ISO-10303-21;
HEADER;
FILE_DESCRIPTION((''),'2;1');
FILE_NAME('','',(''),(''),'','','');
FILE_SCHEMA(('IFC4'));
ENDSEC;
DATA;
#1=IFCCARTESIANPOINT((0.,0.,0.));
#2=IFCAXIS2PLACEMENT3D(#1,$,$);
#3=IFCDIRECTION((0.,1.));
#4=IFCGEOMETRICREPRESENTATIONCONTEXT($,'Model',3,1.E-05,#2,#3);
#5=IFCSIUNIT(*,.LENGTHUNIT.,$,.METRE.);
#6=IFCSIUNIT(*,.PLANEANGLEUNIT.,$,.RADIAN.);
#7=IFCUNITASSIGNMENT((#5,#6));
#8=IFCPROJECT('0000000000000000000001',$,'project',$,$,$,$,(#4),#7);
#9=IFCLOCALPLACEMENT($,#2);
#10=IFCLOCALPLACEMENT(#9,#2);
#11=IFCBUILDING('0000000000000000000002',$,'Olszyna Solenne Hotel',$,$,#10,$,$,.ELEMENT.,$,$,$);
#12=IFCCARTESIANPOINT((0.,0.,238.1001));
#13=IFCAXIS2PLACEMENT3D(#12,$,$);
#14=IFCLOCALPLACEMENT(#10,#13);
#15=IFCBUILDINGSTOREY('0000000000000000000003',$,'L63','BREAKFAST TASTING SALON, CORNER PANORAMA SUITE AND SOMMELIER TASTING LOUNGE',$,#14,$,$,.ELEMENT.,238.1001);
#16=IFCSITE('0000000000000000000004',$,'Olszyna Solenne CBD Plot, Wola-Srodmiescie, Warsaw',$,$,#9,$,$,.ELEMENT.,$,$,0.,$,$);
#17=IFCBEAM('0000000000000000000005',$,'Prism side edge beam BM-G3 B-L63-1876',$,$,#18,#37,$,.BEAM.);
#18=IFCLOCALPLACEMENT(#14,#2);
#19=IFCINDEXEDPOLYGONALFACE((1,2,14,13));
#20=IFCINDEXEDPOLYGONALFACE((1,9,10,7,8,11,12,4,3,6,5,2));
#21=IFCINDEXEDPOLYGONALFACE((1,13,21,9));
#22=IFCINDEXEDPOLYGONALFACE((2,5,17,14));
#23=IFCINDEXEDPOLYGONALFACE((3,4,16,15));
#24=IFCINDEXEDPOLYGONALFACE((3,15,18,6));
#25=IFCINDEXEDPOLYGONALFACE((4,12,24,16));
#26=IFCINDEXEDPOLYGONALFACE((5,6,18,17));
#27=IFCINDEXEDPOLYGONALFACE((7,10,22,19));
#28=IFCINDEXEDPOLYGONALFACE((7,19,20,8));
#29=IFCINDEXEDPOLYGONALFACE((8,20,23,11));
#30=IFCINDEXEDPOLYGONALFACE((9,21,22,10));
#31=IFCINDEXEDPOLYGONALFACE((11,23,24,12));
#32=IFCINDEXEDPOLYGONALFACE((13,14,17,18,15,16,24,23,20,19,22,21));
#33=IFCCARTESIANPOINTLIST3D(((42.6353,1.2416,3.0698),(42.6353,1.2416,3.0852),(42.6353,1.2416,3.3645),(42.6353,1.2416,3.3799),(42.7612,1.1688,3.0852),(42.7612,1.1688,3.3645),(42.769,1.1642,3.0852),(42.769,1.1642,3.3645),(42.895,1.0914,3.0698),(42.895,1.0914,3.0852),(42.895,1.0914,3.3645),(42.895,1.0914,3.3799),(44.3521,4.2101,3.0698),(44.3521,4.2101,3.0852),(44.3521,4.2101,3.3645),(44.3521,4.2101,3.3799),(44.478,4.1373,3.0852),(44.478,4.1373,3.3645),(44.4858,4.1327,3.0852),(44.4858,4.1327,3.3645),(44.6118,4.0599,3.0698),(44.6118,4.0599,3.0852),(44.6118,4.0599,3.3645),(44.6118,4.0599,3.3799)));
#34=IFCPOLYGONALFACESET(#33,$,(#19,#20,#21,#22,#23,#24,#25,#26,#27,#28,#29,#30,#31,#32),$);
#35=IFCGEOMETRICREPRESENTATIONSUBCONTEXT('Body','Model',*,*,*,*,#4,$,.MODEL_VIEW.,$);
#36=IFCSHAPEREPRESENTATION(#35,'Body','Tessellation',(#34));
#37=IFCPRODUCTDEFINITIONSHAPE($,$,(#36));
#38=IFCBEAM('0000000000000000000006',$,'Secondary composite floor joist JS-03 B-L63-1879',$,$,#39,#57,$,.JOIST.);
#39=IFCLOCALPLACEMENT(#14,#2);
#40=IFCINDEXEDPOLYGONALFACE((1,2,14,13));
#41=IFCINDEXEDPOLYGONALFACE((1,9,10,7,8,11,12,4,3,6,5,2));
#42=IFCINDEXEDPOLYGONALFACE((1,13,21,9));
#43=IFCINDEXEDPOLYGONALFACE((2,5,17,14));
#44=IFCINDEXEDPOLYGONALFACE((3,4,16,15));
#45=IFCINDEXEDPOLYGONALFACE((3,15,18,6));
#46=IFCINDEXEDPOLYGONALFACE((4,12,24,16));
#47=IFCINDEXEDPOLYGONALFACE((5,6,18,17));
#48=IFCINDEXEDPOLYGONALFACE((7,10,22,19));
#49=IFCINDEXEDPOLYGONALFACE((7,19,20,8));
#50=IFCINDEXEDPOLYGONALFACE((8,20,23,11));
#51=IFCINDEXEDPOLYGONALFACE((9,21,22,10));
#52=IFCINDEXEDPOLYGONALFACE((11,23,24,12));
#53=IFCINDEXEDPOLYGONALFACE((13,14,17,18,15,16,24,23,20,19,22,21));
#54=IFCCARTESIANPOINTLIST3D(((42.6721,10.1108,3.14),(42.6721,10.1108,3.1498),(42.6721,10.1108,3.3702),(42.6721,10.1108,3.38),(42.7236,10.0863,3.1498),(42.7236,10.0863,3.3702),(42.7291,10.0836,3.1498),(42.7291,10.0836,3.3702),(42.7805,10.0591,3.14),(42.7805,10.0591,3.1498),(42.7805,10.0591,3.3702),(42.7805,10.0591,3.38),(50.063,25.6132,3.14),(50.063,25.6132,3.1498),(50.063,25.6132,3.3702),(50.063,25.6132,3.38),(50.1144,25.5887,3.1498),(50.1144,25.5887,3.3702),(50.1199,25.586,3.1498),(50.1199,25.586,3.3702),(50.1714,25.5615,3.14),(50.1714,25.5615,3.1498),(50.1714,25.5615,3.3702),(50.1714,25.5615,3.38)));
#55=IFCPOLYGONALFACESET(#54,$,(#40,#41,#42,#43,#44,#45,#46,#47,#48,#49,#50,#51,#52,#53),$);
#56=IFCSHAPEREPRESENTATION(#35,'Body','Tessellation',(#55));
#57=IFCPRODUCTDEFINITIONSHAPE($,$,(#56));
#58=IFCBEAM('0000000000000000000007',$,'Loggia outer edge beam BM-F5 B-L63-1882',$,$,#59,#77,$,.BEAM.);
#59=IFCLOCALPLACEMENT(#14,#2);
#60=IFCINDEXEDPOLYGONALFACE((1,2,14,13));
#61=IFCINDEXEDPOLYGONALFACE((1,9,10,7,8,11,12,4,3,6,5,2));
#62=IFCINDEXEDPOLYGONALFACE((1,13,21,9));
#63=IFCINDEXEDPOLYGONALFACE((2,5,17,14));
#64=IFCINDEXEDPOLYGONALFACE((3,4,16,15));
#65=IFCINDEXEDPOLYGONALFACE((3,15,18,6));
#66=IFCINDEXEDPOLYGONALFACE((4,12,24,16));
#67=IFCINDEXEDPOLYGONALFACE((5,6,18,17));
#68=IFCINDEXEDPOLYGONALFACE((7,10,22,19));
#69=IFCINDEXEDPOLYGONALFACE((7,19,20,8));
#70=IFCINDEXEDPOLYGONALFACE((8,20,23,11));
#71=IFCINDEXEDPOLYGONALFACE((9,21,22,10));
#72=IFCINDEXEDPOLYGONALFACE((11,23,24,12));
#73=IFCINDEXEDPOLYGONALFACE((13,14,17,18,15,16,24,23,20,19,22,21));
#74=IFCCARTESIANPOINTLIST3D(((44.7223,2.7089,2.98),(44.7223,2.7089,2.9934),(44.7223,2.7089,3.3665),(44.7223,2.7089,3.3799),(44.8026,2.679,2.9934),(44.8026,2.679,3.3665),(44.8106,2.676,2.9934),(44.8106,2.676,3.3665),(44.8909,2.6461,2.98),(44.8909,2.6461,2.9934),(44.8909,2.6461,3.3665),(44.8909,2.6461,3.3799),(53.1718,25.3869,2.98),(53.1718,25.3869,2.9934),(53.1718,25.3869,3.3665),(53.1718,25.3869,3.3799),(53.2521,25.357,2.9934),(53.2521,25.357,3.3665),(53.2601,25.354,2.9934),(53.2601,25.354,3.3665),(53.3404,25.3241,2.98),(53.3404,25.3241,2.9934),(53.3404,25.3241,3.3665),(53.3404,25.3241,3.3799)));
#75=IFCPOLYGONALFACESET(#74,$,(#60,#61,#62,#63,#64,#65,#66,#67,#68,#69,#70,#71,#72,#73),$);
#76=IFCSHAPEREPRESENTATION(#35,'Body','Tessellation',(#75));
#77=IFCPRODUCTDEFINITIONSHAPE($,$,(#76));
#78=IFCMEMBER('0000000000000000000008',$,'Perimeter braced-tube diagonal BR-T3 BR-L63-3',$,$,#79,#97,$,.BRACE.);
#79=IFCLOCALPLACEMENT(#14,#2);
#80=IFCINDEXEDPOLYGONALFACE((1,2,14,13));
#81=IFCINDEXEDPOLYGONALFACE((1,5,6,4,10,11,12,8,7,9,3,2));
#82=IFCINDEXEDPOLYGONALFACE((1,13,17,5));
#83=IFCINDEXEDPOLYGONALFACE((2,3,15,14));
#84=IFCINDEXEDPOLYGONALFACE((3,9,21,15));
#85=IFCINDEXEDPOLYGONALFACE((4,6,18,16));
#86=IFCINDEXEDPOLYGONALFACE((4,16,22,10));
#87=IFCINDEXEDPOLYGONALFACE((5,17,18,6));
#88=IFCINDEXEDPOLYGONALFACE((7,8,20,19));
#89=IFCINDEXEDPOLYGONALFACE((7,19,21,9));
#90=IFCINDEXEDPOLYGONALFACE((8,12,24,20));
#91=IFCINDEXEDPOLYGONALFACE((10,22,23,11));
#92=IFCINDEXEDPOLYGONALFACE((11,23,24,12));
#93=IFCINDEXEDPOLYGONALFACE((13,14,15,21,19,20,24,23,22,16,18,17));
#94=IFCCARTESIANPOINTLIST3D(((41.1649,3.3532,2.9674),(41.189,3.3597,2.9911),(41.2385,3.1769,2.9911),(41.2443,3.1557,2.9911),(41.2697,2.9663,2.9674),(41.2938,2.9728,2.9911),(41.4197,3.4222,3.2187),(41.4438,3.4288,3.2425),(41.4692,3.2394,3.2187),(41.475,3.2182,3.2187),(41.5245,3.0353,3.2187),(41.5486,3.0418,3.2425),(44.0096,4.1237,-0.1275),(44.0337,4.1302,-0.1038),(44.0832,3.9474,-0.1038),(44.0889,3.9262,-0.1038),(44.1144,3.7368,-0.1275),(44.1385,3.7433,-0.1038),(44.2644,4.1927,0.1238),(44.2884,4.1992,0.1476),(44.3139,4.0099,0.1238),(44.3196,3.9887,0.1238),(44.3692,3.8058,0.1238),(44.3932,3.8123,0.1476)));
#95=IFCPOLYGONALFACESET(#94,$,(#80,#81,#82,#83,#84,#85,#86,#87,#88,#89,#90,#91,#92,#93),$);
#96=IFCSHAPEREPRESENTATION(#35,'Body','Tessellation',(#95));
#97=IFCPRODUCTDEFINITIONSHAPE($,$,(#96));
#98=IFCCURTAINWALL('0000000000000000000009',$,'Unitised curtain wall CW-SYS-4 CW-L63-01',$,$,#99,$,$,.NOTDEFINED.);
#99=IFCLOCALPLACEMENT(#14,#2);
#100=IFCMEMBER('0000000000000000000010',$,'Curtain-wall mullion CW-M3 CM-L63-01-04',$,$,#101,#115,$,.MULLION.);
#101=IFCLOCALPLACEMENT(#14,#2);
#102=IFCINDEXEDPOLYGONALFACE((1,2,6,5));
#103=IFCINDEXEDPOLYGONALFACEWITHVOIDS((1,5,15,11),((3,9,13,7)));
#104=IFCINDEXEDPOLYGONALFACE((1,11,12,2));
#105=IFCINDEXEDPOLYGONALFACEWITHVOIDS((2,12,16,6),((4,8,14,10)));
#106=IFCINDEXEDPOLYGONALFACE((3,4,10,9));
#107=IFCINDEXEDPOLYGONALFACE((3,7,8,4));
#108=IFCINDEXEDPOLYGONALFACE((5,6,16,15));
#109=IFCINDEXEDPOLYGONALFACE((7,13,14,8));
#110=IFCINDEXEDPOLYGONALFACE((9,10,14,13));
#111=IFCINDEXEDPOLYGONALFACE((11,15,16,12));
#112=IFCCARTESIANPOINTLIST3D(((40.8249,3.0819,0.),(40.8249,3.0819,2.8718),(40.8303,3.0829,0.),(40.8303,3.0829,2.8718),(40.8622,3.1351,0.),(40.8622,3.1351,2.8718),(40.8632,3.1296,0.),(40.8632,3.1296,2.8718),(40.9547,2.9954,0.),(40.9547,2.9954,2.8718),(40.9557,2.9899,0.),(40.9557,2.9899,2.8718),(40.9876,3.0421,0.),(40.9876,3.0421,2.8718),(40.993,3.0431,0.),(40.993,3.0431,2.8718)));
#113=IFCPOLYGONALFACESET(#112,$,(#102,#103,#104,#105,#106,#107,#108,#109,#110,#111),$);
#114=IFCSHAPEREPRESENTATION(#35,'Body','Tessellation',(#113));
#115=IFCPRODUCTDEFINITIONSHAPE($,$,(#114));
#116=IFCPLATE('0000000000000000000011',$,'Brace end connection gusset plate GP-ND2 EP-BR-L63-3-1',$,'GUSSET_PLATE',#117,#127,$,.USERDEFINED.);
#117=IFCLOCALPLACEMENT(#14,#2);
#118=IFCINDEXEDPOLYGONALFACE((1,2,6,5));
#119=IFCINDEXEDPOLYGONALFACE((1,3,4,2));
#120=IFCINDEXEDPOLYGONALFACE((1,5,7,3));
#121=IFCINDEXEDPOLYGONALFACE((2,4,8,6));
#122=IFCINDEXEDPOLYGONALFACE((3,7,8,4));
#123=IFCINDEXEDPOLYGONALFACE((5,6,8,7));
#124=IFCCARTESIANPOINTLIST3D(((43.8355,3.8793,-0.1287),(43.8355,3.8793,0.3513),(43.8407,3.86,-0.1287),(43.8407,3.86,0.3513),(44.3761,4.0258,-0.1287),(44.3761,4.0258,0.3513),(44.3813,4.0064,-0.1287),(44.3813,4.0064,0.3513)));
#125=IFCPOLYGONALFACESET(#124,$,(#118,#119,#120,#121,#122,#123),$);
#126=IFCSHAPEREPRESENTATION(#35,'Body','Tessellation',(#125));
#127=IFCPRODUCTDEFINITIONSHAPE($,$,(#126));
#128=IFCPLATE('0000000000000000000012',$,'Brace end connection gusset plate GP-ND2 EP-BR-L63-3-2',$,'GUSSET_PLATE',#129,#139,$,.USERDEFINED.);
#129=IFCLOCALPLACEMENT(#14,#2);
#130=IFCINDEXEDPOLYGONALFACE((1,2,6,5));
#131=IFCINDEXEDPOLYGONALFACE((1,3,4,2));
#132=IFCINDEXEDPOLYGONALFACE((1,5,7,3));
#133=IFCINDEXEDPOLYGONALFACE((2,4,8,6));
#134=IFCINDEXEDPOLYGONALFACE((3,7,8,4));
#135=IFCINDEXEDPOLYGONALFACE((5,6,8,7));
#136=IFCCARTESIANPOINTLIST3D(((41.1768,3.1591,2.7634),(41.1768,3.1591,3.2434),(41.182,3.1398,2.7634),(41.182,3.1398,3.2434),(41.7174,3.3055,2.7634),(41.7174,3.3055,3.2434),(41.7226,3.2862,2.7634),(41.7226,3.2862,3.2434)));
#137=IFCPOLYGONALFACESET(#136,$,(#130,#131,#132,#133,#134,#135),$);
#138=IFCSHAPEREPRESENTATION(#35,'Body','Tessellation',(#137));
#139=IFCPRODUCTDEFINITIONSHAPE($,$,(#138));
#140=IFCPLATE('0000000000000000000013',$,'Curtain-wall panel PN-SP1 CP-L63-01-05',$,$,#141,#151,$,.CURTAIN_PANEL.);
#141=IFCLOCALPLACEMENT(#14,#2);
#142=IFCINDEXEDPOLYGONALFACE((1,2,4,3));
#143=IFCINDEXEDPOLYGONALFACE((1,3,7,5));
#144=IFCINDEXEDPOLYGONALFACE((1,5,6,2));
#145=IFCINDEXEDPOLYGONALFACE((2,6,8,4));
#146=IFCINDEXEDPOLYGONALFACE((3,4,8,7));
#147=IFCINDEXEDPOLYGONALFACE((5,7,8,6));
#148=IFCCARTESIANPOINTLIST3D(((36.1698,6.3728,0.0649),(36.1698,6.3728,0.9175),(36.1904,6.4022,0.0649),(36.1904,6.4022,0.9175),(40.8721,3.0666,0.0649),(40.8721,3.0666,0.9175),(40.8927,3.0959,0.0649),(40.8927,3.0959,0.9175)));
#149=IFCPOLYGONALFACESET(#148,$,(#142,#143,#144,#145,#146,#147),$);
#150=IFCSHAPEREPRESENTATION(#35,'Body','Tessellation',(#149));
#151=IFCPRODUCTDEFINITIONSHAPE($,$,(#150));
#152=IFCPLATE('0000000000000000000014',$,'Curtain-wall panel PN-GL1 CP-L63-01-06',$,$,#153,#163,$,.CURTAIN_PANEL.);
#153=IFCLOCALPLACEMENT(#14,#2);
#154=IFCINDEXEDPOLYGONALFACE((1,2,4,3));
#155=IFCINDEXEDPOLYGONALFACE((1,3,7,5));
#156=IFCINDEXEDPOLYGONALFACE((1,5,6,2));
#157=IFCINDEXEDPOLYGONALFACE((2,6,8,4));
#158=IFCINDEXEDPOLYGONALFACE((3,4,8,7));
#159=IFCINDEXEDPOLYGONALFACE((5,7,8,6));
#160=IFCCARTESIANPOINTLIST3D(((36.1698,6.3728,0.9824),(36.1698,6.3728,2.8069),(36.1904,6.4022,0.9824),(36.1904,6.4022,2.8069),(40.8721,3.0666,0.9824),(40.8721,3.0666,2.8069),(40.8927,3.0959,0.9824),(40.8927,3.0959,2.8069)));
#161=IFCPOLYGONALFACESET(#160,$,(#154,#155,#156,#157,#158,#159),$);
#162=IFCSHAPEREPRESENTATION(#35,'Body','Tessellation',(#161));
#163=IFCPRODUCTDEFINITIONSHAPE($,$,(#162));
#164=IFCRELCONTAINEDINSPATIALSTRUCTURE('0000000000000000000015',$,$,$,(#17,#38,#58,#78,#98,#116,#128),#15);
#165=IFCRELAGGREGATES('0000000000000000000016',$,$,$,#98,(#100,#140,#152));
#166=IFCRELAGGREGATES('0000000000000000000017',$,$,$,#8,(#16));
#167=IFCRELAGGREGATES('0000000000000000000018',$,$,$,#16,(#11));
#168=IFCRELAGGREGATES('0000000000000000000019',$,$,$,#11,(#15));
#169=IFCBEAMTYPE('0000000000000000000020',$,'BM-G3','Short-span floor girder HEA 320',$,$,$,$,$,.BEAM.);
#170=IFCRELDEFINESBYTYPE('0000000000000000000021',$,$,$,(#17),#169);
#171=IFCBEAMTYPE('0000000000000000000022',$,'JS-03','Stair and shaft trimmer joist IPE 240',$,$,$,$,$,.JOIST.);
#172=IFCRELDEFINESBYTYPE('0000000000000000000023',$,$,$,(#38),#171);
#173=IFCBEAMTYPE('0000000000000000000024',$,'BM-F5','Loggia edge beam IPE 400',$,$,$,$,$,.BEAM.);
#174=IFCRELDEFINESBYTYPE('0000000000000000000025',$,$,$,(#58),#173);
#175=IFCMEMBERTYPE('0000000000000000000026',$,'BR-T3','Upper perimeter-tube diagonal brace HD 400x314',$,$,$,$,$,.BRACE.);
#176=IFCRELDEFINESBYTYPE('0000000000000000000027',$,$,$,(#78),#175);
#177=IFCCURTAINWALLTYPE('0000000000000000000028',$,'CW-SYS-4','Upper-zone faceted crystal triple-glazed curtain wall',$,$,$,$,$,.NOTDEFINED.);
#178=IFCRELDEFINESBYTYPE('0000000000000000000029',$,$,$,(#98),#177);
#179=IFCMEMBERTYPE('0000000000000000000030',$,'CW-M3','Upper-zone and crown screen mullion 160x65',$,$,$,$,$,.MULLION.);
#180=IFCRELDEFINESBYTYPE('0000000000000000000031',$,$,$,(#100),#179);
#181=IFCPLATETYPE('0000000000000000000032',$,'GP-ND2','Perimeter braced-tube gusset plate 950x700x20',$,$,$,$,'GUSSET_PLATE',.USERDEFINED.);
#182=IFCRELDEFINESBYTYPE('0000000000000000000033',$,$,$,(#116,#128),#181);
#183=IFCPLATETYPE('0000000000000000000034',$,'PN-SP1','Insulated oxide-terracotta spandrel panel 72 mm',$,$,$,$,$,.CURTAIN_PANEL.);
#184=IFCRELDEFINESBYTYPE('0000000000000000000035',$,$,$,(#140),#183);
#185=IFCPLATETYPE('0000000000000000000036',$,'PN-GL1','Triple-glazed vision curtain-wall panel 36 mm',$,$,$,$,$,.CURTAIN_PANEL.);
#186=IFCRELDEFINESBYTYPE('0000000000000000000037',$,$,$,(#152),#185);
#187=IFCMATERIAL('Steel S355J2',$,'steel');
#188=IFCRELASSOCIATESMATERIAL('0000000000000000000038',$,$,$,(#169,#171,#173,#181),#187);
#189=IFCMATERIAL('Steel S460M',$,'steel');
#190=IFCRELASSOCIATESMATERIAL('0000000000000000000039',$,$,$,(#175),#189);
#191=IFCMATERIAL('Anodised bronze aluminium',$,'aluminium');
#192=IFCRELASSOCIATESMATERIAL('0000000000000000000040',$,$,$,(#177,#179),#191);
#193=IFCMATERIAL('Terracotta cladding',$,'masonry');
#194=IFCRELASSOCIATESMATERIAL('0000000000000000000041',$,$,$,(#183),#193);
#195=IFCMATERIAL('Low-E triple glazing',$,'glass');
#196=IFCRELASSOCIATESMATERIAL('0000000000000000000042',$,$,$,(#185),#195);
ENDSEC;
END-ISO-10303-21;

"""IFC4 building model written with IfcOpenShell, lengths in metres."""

from ifc_helpers import new_model, si_unit, direction, frame, origin, origin_2d, place, context, subcontext, project, spatial, rectangle, hollow_rectangle, i_section, extrude, source, transform, mapped, material, material_profile, profile_set, type_object, element, aggregate, save


model = new_model("IFC4")

# Units and contexts
model_context = context("Model", 3, precision=1e-05, world=origin(), true_north=direction((0.0, 1.0)))
body_context = subcontext(model_context, "Body", "Model", "MODEL_VIEW")
ifc_project = project(units=[si_unit("LENGTHUNIT", "METRE"), si_unit("PLANEANGLEUNIT", "RADIAN")], contexts=[model_context])

# Site, building, storey
site_placement = place(None, origin())
site = spatial("IfcSite", under=ifc_project, at=site_placement, Name="Olszyna Solenne CBD Plot, Wola-Srodmiescie, Warsaw", CompositionType="ELEMENT", RefElevation=0.0)
building_placement = place(site_placement, origin())
building = spatial("IfcBuilding", under=site, at=building_placement, Name="Olszyna Solenne Hotel", CompositionType="ELEMENT")
storey_placement = place(building_placement, frame((0.0, 0.0, 238.1001)))
storey = spatial("IfcBuildingStorey", under=building, at=storey_placement, Name="L63", Description="BREAKFAST TASTING SALON, CORNER PANORAMA SUITE AND SOMMELIER TASTING LOUNGE", CompositionType="ELEMENT", Elevation=238.1001)

# Shared definitions
ifc_material_1 = material(Name="Steel S460M", Category="steel")

# Beams
ifc_material_2 = material(Name="Steel S355J2", Category="steel")
ifc_material_profile_1 = material_profile(ifc_material_2, i_section(OverallWidth=0.3, OverallDepth=0.3101, WebThickness=0.009, FlangeThickness=0.0154, at=origin_2d()), Name="HEA 320", Category="load-bearing")
ifc_profile_set_1 = profile_set([ifc_material_profile_1], Name="Steel S355J2")
beam_type_1 = type_object("IfcBeamType", Name="BM-G3", Description="Short-span floor girder HEA 320", PredefinedType="BEAM", material=ifc_profile_set_1)
shared_shape_1 = source(origin(), body_context, "Body", "SweptSolid", [
    extrude(i_section(OverallWidth=0.3, OverallDepth=0.3101, WebThickness=0.009, FlangeThickness=0.0154, at=origin_2d()), origin(), (0.0, 0.0, 1.0), 3.4292),
])
beam_1_placement = place(storey_placement, frame((44.4819, 4.135, 3.2249), z_axis=(-0.500641, -0.865655, 0.0), x_axis=(0.865655, -0.500641, 0.0)))
element("IfcBeam", 1, at=beam_1_placement, inside=storey, type_object=beam_type_1, Name="Prism side edge beam BM-G3 B-L63-1876", PredefinedType="BEAM", context=body_context, shape_type="MappedRepresentation", body=[
    mapped(shared_shape_1, transform((0.0, 0.0, 0.0), x_axis=(1.0, 0.0, 0.0), y_axis=(0.0, 1.0, 0.0), z_axis=(0.0, 0.0, 1.0), scale=1.0)),
])
ifc_material_profile_2 = material_profile(ifc_material_2, i_section(OverallWidth=0.1201, OverallDepth=0.24, WebThickness=0.0061, FlangeThickness=0.0098, at=origin_2d()), Name="IPE 240", Category="load-bearing")
ifc_profile_set_2 = profile_set([ifc_material_profile_2], Name="Steel S355J2")
beam_type_2 = type_object("IfcBeamType", Name="JS-03", Description="Stair and shaft trimmer joist IPE 240", PredefinedType="JOIST", material=ifc_profile_set_2)
shared_shape_2 = source(origin(), body_context, "Body", "SweptSolid", [
    extrude(i_section(OverallWidth=0.1201, OverallDepth=0.24, WebThickness=0.0061, FlangeThickness=0.0098, at=origin_2d()), origin(), (0.0, 0.0, 1.0), 17.1741),
])
beam_2_placement = place(storey_placement, frame((42.7263, 10.085, 3.26), z_axis=(0.430349, 0.902663, 0.0), x_axis=(-0.902663, 0.430349, 0.0)))
element("IfcBeam", 2, at=beam_2_placement, inside=storey, type_object=beam_type_2, Name="Secondary composite floor joist JS-03 B-L63-1879", PredefinedType="JOIST", context=body_context, shape_type="MappedRepresentation", body=[
    mapped(shared_shape_2, transform((0.0, 0.0, 0.0), x_axis=(1.0, 0.0, 0.0), y_axis=(0.0, 1.0, 0.0), z_axis=(0.0, 0.0, 1.0), scale=1.0)),
])
ifc_material_profile_3 = material_profile(ifc_material_2, i_section(OverallWidth=0.1799, OverallDepth=0.3999, WebThickness=0.0085, FlangeThickness=0.0134, at=origin_2d()), Name="IPE 400", Category="load-bearing")
ifc_profile_set_3 = profile_set([ifc_material_profile_3], Name="Steel S355J2")
beam_type_3 = type_object("IfcBeamType", Name="BM-F5", Description="Loggia edge beam IPE 400", PredefinedType="BEAM", material=ifc_profile_set_3)
shared_shape_3 = source(origin(), body_context, "Body", "SweptSolid", [
    extrude(i_section(OverallWidth=0.1799, OverallDepth=0.3999, WebThickness=0.0085, FlangeThickness=0.0134, at=origin_2d()), origin(), (0.0, 0.0, 1.0), 24.2009),
])
beam_3_placement = place(storey_placement, frame((44.8066, 2.6775, 3.1799), z_axis=(0.349138, 0.937071, 0.0), x_axis=(-0.937071, 0.349138, 0.0)))
element("IfcBeam", 3, at=beam_3_placement, inside=storey, type_object=beam_type_3, Name="Loggia outer edge beam BM-F5 B-L63-1882", PredefinedType="BEAM", context=body_context, shape_type="MappedRepresentation", body=[
    mapped(shared_shape_3, transform((0.0, 0.0, 0.0), x_axis=(1.0, 0.0, 0.0), y_axis=(0.0, 1.0, 0.0), z_axis=(0.0, 0.0, 1.0), scale=1.0)),
])

# Member
ifc_material_profile_4 = material_profile(ifc_material_1, i_section(OverallWidth=0.4009, OverallDepth=0.3989, WebThickness=0.022, FlangeThickness=0.0344, at=origin_2d()), Name="HD 400x314", Category="load-bearing")
ifc_profile_set_4 = profile_set([ifc_material_profile_4], Name="Steel S460M")
member_type_1 = type_object("IfcMemberType", Name="BR-T3", Description="Upper perimeter-tube diagonal brace HD 400x314", PredefinedType="BRACE", material=ifc_profile_set_4)
shared_shape_4 = source(origin(), body_context, "Body", "SweptSolid", [
    extrude(i_section(OverallWidth=0.4009, OverallDepth=0.3989, WebThickness=0.022, FlangeThickness=0.0344, at=origin_2d()), origin(), (0.0, 0.0, 1.0), 4.2737),
])
member_1_placement = place(storey_placement, frame((44.2014, 3.968, 0.01), z_axis=(-0.665627, -0.180288, 0.72418), x_axis=(0.261435, -0.965221, 0.0)))
element("IfcMember", 4, at=member_1_placement, inside=storey, type_object=member_type_1, Name="Perimeter braced-tube diagonal BR-T3 BR-L63-3", PredefinedType="BRACE", context=body_context, shape_type="MappedRepresentation", body=[
    mapped(shared_shape_4, transform((0.0, 0.0, 0.0), x_axis=(1.0, 0.0, 0.0), y_axis=(0.0, 1.0, 0.0), z_axis=(0.0, 0.0, 1.0), scale=1.0)),
])

# Curtain wall, member
ifc_material_3 = material(Name="Anodised bronze aluminium", Category="aluminium")
curtain_wall_type = type_object("IfcCurtainWallType", Name="CW-SYS-4", Description="Upper-zone faceted crystal triple-glazed curtain wall", PredefinedType="NOTDEFINED", material=ifc_material_3)
curtain_wall_placement = place(storey_placement, origin())
curtain_wall = element("IfcCurtainWall", 5, at=curtain_wall_placement, inside=storey, type_object=curtain_wall_type, Name="Unitised curtain wall CW-SYS-4 CW-L63-01", PredefinedType="NOTDEFINED")
ifc_material_profile_5 = material_profile(ifc_material_3, hollow_rectangle(XDim=0.0649, YDim=0.1599, WallThickness=0.0039, at=origin_2d()), Name="MULL 160x65x4", Category="load-bearing")
ifc_profile_set_5 = profile_set([ifc_material_profile_5], Name="Anodised bronze aluminium")
member_type_2 = type_object("IfcMemberType", Name="CW-M3", Description="Upper-zone and crown screen mullion 160x65", PredefinedType="MULLION", material=ifc_profile_set_5)
shared_shape_5 = source(origin(), body_context, "Body", "SweptSolid", [
    extrude(hollow_rectangle(XDim=0.0649, YDim=0.1599, WallThickness=0.0039, at=origin_2d()), origin(), (0.0, 0.0, 1.0), 2.8718),
])
member_2_placement = place(storey_placement, frame((40.9089, 3.0625, 0.0), z_axis=(0.0, 0.0, 1.0), x_axis=(0.575174, 0.818031, 0.0)))
member_2 = element("IfcMember", 6, at=member_2_placement, type_object=member_type_2, Name="Curtain-wall mullion CW-M3 CM-L63-01-04", PredefinedType="MULLION", context=body_context, shape_type="MappedRepresentation", body=[
    mapped(shared_shape_5, transform((0.0, 0.0, 0.0), x_axis=(1.0, 0.0, 0.0), y_axis=(0.0, 1.0, 0.0), z_axis=(0.0, 0.0, 1.0), scale=1.0)),
])

# Plates
plate_type_1 = type_object("IfcPlateType", Name="GP-ND2", Description="Perimeter braced-tube gusset plate 950x700x20", ElementType="GUSSET_PLATE", PredefinedType="USERDEFINED", material=ifc_material_2)
shared_shape_6 = source(origin(), body_context, "Body", "SweptSolid", [
    extrude(rectangle(XDim=0.5601, YDim=0.02, at=origin_2d()), origin(), (0.0, 0.0, 1.0), 0.48),
])
for number, where, z_axis, x_axis, name in (
    (7, (44.1084, 3.9429, -0.1287), (0.0, 0.0, 1.0), (-0.965199, -0.261515, 0.0), "Brace end connection gusset plate GP-ND2 EP-BR-L63-3-1"),
    (8, (41.4497, 3.2227, 2.7634), (0.0, 0.0, 1.0), (-0.965199, -0.261515, 0.0), "Brace end connection gusset plate GP-ND2 EP-BR-L63-3-2"),
):
    element("IfcPlate", number, at=place(storey_placement, frame(where, z_axis=z_axis, x_axis=x_axis)), inside=storey, type_object=plate_type_1, Name=name, ObjectType="GUSSET_PLATE", PredefinedType="USERDEFINED", context=body_context, shape_type="MappedRepresentation", body=[
        mapped(shared_shape_6, transform((0.0, 0.0, 0.0), x_axis=(1.0, 0.0, 0.0), y_axis=(0.0, 1.0, 0.0), z_axis=(0.0, 0.0, 1.0), scale=1.0)),
    ])

# Plates
ifc_material_4 = material(Name="Terracotta cladding", Category="masonry")
plate_type_2 = type_object("IfcPlateType", Name="PN-SP1", Description="Insulated oxide-terracotta spandrel panel 72 mm", PredefinedType="CURTAIN_PANEL", material=ifc_material_4)
shared_shape_7 = source(origin(), body_context, "Body", "SweptSolid", [
    extrude(rectangle(XDim=5.7483, YDim=0.0359, at=origin_2d()), origin(), (0.0, 0.0, 1.0), 0.8525),
])
plate_1_placement = place(storey_placement, frame((38.5312, 4.7344, 0.0649), z_axis=(0.0, 0.0, 1.0), x_axis=(0.818031, -0.575174, 0.0)))
plate_1 = element("IfcPlate", 9, at=plate_1_placement, type_object=plate_type_2, Name="Curtain-wall panel PN-SP1 CP-L63-01-05", PredefinedType="CURTAIN_PANEL", context=body_context, shape_type="MappedRepresentation", body=[
    mapped(shared_shape_7, transform((0.0, 0.0, 0.0), x_axis=(1.0, 0.0, 0.0), y_axis=(0.0, 1.0, 0.0), z_axis=(0.0, 0.0, 1.0), scale=1.0)),
])
ifc_material_5 = material(Name="Low-E triple glazing", Category="glass")
plate_type_3 = type_object("IfcPlateType", Name="PN-GL1", Description="Triple-glazed vision curtain-wall panel 36 mm", PredefinedType="CURTAIN_PANEL", material=ifc_material_5)
shared_shape_8 = source(origin(), body_context, "Body", "SweptSolid", [
    extrude(rectangle(XDim=5.7483, YDim=0.0359, at=origin_2d()), origin(), (0.0, 0.0, 1.0), 1.8245),
])
plate_2_placement = place(storey_placement, frame((38.5312, 4.7344, 0.9824), z_axis=(0.0, 0.0, 1.0), x_axis=(0.818031, -0.575174, 0.0)))
plate_2 = element("IfcPlate", 10, at=plate_2_placement, type_object=plate_type_3, Name="Curtain-wall panel PN-GL1 CP-L63-01-06", PredefinedType="CURTAIN_PANEL", context=body_context, shape_type="MappedRepresentation", body=[
    mapped(shared_shape_8, transform((0.0, 0.0, 0.0), x_axis=(1.0, 0.0, 0.0), y_axis=(0.0, 1.0, 0.0), z_axis=(0.0, 0.0, 1.0), scale=1.0)),
])
aggregate(curtain_wall, [member_2, plate_1, plate_2])

save(model, "model.ifc")
